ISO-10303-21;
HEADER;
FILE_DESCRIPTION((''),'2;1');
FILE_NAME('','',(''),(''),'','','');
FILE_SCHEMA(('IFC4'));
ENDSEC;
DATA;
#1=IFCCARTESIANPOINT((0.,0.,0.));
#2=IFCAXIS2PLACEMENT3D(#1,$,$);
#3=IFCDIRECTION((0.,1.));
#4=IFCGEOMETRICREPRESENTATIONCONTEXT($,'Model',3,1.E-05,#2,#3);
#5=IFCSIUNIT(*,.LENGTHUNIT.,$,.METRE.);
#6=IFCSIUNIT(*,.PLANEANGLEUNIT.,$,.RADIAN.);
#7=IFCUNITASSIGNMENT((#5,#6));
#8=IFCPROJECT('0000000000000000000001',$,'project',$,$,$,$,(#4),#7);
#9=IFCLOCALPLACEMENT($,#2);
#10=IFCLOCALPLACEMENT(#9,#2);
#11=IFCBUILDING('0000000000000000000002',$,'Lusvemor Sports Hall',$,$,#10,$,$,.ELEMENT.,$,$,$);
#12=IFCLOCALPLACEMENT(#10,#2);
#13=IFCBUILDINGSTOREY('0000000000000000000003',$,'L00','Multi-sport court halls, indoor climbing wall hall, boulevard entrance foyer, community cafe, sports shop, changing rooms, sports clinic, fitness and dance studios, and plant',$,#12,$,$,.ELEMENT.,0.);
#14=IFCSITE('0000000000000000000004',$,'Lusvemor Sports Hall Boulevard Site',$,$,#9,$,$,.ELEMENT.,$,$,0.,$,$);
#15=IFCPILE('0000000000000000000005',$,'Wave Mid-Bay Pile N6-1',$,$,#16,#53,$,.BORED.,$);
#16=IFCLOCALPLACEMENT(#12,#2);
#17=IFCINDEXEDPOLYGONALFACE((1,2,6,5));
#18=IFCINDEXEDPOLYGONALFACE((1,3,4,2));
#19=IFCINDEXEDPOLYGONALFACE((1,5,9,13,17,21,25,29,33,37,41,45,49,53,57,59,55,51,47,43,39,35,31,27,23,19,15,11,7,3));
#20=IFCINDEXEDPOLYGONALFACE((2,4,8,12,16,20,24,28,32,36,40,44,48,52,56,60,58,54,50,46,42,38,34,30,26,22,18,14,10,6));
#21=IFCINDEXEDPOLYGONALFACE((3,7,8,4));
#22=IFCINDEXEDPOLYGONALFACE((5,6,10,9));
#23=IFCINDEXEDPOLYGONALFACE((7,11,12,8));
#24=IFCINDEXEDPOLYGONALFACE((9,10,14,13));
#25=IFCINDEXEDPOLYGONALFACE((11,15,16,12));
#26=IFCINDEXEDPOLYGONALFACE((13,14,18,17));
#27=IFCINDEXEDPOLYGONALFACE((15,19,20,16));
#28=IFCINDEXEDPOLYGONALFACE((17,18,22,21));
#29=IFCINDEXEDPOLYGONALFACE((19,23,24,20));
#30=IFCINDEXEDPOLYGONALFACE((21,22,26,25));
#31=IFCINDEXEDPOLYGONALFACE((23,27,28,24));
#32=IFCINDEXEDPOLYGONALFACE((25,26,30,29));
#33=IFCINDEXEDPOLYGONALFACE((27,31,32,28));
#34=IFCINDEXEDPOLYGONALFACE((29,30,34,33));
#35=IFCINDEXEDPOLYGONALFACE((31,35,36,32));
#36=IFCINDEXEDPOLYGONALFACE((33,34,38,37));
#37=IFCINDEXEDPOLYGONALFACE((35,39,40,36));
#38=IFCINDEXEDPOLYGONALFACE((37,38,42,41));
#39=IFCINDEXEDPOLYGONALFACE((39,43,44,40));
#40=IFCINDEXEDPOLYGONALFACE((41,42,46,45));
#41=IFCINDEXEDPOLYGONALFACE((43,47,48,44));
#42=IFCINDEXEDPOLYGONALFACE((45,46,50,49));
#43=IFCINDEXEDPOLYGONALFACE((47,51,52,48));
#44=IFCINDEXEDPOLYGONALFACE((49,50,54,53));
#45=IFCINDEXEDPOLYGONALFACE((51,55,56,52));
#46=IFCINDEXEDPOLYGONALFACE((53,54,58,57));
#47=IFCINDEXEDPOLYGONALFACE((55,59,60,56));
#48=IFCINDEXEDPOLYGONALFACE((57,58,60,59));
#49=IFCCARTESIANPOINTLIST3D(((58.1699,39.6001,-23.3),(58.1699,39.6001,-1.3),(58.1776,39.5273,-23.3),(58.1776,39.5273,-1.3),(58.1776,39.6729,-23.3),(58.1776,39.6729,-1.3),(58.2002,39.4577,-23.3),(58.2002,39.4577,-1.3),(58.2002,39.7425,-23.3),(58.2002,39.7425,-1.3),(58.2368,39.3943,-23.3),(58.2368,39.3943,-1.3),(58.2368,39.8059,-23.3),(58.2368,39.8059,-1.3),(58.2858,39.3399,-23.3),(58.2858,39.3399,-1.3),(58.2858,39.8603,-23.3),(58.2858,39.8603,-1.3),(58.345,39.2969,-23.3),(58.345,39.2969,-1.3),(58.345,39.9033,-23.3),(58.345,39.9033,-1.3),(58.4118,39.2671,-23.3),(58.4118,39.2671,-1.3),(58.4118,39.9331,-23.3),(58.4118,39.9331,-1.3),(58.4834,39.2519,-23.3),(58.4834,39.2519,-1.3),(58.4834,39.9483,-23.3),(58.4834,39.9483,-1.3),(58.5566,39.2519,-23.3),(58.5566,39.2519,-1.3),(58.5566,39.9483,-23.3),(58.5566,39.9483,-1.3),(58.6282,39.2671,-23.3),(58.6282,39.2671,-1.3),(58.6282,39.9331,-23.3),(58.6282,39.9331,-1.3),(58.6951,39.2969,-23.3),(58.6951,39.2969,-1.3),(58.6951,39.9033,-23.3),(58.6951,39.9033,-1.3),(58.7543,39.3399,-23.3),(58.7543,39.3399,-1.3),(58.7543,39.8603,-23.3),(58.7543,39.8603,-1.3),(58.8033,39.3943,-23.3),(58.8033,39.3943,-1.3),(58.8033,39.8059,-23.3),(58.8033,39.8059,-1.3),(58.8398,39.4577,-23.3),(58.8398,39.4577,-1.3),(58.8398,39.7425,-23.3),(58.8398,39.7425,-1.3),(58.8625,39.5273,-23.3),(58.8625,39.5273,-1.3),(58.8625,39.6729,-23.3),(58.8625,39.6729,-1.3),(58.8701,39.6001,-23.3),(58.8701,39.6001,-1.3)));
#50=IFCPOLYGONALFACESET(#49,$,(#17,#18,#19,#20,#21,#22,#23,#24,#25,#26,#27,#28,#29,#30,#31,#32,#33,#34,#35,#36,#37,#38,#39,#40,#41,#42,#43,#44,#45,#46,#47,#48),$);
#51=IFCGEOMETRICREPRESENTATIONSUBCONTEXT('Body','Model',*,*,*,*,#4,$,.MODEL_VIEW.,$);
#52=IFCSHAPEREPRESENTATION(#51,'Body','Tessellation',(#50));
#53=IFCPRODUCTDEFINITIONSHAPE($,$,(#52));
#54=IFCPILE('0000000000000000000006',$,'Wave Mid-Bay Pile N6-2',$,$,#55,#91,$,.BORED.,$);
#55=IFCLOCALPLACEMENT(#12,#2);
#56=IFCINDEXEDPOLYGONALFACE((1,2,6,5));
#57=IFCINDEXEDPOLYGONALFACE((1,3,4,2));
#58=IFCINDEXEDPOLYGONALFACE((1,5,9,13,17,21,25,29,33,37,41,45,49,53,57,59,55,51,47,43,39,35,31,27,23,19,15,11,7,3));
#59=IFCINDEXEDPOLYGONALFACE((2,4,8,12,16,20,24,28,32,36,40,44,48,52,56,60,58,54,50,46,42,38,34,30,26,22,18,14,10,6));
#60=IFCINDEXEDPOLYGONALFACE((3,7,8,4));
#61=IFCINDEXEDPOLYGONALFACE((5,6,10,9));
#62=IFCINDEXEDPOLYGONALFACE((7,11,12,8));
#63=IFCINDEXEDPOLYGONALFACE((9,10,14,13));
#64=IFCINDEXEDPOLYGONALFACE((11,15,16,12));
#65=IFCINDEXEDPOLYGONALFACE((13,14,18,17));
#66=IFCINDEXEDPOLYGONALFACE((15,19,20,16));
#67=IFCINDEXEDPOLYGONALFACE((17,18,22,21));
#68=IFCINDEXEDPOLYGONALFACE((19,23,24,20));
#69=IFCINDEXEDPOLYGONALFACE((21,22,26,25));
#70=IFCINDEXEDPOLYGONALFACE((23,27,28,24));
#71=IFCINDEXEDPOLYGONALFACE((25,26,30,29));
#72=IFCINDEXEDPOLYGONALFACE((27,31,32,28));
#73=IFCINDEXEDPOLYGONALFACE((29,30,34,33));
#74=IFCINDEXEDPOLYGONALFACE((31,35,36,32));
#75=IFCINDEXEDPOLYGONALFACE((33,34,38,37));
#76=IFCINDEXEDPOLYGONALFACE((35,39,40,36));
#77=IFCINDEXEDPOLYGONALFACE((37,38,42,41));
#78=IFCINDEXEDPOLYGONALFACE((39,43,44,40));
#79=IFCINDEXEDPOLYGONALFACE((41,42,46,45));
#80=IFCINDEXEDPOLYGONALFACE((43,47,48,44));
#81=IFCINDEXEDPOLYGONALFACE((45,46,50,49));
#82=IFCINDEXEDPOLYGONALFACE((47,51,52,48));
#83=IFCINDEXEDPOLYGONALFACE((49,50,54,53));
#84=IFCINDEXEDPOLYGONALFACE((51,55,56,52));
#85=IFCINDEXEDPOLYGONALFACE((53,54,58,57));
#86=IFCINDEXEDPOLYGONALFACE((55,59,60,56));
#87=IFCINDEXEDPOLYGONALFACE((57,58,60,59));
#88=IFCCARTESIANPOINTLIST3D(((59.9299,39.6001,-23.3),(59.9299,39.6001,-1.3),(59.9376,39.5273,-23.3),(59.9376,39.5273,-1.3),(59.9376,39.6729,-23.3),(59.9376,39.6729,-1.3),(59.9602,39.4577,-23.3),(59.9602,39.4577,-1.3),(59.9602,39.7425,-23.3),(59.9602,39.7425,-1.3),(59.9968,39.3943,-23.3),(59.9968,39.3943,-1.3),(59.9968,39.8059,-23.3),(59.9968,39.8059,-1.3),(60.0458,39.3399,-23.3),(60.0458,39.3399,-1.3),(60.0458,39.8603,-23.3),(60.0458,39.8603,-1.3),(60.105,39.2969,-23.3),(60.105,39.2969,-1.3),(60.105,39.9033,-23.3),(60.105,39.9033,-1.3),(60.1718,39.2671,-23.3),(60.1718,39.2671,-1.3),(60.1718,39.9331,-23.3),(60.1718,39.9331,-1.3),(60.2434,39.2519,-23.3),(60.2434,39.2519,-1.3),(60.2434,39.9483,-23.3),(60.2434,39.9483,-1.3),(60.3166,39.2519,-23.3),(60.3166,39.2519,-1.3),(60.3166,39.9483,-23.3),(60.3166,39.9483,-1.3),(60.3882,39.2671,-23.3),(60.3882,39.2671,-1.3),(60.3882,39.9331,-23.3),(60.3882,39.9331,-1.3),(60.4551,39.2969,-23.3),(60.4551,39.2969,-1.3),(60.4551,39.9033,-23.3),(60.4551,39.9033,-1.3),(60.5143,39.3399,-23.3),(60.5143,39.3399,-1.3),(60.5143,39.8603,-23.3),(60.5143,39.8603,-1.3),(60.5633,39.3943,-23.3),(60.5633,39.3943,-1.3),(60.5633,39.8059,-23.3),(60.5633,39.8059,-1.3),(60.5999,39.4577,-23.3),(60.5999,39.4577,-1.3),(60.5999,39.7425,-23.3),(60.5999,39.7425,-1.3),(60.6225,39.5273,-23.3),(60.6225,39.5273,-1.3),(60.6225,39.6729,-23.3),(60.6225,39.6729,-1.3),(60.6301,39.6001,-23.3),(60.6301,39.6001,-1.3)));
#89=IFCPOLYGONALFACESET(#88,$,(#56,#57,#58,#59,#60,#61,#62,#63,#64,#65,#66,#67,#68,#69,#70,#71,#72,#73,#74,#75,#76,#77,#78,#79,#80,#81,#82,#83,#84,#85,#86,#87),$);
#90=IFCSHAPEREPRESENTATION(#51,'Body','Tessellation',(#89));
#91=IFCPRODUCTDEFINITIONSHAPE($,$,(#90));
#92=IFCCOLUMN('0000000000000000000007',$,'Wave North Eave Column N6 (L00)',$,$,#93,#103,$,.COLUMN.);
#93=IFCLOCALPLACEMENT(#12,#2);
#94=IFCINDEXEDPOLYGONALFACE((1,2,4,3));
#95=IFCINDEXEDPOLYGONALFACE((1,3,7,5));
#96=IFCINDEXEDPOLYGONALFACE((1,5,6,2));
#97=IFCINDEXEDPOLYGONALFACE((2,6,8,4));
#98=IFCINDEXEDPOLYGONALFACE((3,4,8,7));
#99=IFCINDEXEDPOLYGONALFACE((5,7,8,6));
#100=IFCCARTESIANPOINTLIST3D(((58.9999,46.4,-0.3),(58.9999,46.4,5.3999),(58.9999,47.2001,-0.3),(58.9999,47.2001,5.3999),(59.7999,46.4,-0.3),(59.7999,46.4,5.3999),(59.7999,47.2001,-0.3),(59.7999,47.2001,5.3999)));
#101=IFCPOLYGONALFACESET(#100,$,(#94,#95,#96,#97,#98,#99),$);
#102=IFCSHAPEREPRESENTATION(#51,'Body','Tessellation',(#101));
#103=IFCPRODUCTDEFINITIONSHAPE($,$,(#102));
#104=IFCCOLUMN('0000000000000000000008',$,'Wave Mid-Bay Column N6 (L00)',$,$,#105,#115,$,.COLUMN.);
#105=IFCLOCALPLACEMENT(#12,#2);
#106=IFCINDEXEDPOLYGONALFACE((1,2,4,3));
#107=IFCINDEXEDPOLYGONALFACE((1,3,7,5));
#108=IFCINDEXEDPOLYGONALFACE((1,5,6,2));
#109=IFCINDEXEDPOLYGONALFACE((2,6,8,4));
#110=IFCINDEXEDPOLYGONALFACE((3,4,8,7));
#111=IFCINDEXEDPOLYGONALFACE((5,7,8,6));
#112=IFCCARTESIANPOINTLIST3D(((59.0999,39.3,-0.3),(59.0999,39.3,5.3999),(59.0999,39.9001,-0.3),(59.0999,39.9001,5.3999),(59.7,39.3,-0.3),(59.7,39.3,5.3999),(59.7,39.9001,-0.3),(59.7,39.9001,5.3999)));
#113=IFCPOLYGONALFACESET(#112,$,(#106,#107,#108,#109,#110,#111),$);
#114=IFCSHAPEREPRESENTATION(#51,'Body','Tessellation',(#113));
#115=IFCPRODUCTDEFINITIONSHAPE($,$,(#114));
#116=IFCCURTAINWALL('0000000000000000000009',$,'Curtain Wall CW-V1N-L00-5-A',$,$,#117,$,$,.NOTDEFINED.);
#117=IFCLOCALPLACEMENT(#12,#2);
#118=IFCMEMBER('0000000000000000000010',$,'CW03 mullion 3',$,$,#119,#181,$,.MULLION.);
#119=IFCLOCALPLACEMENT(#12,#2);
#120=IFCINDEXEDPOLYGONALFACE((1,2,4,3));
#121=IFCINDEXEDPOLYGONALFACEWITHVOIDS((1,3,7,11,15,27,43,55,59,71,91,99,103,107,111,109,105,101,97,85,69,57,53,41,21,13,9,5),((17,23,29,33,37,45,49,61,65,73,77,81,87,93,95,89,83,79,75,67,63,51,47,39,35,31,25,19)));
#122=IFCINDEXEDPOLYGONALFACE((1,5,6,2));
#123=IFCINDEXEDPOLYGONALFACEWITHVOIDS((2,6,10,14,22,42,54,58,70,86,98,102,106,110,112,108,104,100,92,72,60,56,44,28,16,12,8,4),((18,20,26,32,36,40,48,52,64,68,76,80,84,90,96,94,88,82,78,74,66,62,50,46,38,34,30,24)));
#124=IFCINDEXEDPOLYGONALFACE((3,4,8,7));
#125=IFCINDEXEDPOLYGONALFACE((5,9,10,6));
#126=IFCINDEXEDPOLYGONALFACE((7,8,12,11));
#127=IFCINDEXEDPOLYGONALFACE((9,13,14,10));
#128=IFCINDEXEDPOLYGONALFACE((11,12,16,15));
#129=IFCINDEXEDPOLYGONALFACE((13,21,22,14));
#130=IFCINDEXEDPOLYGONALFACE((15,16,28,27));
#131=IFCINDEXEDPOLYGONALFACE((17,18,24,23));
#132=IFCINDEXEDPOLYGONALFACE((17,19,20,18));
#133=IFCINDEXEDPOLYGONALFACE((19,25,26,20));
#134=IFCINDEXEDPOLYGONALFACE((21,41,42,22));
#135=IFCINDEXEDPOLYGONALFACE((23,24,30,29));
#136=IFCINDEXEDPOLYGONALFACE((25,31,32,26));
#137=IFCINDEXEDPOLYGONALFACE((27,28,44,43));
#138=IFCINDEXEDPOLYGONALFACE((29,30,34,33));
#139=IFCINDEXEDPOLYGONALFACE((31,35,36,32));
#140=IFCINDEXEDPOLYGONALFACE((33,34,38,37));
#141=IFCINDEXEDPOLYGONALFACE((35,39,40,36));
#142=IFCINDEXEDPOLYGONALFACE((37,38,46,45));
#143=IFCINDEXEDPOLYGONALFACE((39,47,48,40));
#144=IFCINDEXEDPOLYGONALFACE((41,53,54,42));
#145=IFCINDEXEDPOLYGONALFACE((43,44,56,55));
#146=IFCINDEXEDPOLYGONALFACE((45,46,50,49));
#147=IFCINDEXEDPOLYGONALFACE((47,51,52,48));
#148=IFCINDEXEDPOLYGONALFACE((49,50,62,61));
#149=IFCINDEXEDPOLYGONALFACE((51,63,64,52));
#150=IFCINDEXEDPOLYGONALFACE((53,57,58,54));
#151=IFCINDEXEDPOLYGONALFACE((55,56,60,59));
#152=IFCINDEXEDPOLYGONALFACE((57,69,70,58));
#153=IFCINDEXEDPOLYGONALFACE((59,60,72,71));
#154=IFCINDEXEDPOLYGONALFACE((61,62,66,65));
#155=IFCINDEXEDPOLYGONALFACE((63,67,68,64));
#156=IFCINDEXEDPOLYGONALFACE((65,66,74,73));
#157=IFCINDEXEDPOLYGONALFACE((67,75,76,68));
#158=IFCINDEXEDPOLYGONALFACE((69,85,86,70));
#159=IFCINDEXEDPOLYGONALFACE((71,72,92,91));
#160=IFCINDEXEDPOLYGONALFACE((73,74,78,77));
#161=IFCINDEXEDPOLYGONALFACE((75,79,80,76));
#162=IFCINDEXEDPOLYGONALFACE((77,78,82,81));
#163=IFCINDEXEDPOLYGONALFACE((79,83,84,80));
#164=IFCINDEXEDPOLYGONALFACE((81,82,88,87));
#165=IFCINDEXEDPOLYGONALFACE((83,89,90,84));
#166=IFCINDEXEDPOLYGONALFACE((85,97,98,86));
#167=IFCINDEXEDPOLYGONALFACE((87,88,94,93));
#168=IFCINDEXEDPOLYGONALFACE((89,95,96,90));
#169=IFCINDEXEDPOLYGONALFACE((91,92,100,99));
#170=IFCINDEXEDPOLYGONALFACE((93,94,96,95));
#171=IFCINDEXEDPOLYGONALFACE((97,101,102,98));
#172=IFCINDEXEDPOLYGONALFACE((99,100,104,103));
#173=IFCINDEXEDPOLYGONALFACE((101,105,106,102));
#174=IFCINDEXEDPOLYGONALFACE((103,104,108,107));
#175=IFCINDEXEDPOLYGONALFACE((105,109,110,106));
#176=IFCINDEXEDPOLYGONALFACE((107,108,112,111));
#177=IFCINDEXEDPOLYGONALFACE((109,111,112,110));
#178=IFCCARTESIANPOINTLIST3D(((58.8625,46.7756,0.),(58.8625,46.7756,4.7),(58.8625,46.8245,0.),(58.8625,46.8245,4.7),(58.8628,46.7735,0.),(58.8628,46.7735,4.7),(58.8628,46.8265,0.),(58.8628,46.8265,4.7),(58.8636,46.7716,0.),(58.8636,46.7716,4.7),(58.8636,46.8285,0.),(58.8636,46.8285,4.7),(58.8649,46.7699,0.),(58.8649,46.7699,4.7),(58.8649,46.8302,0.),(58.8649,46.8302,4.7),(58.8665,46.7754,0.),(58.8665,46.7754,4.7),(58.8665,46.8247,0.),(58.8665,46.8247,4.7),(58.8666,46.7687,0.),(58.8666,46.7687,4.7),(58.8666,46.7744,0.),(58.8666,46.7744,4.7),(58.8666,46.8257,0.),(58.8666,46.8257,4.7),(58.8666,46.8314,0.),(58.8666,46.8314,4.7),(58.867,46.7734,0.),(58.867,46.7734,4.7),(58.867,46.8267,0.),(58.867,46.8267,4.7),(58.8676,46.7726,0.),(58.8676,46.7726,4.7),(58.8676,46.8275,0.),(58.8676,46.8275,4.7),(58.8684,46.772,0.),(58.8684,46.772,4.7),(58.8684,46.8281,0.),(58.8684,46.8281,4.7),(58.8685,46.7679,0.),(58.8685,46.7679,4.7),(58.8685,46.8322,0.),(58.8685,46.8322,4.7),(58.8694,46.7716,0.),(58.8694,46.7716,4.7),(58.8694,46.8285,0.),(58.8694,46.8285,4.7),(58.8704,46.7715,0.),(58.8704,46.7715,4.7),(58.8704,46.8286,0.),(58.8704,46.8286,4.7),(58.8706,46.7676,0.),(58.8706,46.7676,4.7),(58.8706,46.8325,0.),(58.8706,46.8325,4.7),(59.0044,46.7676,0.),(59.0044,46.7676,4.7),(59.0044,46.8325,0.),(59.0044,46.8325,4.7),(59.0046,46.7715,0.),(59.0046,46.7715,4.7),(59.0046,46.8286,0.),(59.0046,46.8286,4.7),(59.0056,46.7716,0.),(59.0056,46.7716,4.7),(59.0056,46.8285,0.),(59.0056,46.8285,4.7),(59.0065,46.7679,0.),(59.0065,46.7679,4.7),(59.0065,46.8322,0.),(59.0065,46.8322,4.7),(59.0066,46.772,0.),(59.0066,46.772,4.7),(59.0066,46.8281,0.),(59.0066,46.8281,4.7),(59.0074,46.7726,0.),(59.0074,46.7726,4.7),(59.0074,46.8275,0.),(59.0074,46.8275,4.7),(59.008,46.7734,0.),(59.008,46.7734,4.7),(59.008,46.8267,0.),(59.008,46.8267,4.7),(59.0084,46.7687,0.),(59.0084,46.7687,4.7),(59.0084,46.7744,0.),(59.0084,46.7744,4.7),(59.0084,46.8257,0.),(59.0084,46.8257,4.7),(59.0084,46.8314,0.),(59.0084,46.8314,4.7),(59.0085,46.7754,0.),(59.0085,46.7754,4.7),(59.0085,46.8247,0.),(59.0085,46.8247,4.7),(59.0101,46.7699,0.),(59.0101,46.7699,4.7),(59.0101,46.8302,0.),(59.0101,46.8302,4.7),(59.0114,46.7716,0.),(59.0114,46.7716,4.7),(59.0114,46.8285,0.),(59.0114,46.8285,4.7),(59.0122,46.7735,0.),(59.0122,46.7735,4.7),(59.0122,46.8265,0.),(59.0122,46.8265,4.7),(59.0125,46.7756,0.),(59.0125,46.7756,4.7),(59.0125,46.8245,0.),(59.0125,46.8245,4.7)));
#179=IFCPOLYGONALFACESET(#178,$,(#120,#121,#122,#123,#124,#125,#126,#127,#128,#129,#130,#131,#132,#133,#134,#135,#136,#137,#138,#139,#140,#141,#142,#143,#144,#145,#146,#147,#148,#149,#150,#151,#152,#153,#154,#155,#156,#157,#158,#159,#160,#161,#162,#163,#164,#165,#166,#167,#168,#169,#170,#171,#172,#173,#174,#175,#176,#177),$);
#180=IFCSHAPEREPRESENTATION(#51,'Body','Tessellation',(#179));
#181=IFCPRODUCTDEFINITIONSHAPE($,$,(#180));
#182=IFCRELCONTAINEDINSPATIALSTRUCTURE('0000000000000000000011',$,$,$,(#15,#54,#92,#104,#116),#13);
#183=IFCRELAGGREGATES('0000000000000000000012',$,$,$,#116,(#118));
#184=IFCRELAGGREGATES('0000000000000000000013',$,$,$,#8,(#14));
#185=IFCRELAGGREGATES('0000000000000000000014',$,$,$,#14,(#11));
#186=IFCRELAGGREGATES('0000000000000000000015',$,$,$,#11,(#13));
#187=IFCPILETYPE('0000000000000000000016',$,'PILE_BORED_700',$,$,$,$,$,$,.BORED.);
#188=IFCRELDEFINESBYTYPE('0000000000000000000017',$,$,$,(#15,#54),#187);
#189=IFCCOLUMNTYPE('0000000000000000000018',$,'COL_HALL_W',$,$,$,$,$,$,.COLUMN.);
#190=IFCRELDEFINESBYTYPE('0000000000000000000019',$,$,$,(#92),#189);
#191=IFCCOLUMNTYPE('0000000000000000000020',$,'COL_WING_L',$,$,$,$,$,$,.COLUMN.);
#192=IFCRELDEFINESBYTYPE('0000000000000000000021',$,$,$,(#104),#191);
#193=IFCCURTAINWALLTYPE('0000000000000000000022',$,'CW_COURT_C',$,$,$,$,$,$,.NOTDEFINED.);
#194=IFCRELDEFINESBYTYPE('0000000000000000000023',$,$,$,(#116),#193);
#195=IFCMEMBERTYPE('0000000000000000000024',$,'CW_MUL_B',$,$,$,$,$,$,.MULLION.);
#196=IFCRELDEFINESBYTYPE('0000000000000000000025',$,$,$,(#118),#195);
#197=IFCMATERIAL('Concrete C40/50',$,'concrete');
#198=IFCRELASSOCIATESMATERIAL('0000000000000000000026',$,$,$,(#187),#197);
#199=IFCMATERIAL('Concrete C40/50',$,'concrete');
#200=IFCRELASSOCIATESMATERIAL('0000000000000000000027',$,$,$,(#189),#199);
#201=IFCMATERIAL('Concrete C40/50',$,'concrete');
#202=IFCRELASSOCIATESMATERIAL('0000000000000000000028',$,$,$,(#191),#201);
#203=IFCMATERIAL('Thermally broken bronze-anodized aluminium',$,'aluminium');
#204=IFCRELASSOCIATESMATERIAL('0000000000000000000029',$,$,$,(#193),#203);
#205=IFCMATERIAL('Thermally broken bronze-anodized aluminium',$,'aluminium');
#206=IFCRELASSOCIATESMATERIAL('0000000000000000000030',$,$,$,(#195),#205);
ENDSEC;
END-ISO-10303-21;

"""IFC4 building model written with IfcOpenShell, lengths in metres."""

from ifc_helpers import new_model, si_unit, direction, frame, origin, origin_2d, place, context, subcontext, project, spatial, rectangle, hollow_rectangle, circle, extrude, material, material_profile, profile_set, type_object, element, aggregate, save


model = new_model("IFC4")

# Units and contexts
model_context = context("Model", 3, precision=1e-05, world=origin(), true_north=direction((0.0, 1.0)))
body_context = subcontext(model_context, "Body", "Model", "MODEL_VIEW")
ifc_project = project(units=[si_unit("LENGTHUNIT", "METRE"), si_unit("PLANEANGLEUNIT", "RADIAN")], contexts=[model_context])

# Site, building, storey
site_placement = place(None, origin())
site = spatial("IfcSite", under=ifc_project, at=site_placement, Name="Lusvemor Sports Hall Boulevard Site", CompositionType="ELEMENT", RefElevation=0.0)
building_placement = place(site_placement, origin())
building = spatial("IfcBuilding", under=site, at=building_placement, Name="Lusvemor Sports Hall", CompositionType="ELEMENT")
storey_placement = place(building_placement, origin())
storey = spatial("IfcBuildingStorey", under=building, at=storey_placement, Name="L00", Description="Multi-sport court halls, indoor climbing wall hall, boulevard entrance foyer, community cafe, sports shop, changing rooms, sports clinic, fitness and dance studios, and plant", CompositionType="ELEMENT", Elevation=0.0)

# Piles
ifc_material_1 = material(Name="Concrete C40/50", Category="concrete")
ifc_material_profile_1 = material_profile(ifc_material_1, circle(Radius=0.3501, at=origin_2d()), Name="PILE700")
ifc_profile_set_1 = profile_set([ifc_material_profile_1], Name="Concrete C40/50")
pile_type = type_object("IfcPileType", Name="PILE_BORED_700", PredefinedType="BORED", material=ifc_profile_set_1)
for number, where, z_axis, x_axis, name in (
    (1, (58.52, 39.6001, -1.3), (0.0, 0.0, -1.0), (1.0, 0.0, 0.0), "Wave Mid-Bay Pile N6-1"),
    (2, (60.28, 39.6001, -1.3), (0.0, 0.0, -1.0), (1.0, 0.0, 0.0), "Wave Mid-Bay Pile N6-2"),
):
    element("IfcPile", number, at=place(storey_placement, frame(where, z_axis=z_axis, x_axis=x_axis)), inside=storey, type_object=pile_type, Name=name, PredefinedType="BORED", context=body_context, shape_type="SweptSolid", body=[
        extrude(circle(Radius=0.3501, at=origin_2d()), origin(), (0.0, 0.0, 1.0), 22.0),
    ])

# Columns
ifc_material_2 = material(Name="Concrete C40/50", Category="concrete")
ifc_material_profile_2 = material_profile(ifc_material_2, rectangle(XDim=0.8, YDim=0.8, at=origin_2d()), Name="RC800x800")
ifc_profile_set_2 = profile_set([ifc_material_profile_2], Name="Concrete C40/50")
column_type_1 = type_object("IfcColumnType", Name="COL_HALL_W", PredefinedType="COLUMN", material=ifc_profile_set_2)
column_1_placement = place(storey_placement, frame((59.3999, 46.8, -0.3), z_axis=(0.0, 0.0, 1.0), x_axis=(1.0, 0.0, 0.0)))
element("IfcColumn", 3, at=column_1_placement, inside=storey, type_object=column_type_1, Name="Wave North Eave Column N6 (L00)", PredefinedType="COLUMN", context=body_context, shape_type="SweptSolid", body=[
    extrude(rectangle(XDim=0.8, YDim=0.8, at=origin_2d()), origin(), (0.0, 0.0, 1.0), 5.7),
])
ifc_material_3 = material(Name="Concrete C40/50", Category="concrete")
ifc_material_profile_3 = material_profile(ifc_material_3, rectangle(XDim=0.6001, YDim=0.6001, at=origin_2d()), Name="RC600x600")
ifc_profile_set_3 = profile_set([ifc_material_profile_3], Name="Concrete C40/50")
column_type_2 = type_object("IfcColumnType", Name="COL_WING_L", PredefinedType="COLUMN", material=ifc_profile_set_3)
column_2_placement = place(storey_placement, frame((59.3999, 39.6001, -0.3), z_axis=(0.0, 0.0, 1.0), x_axis=(1.0, 0.0, 0.0)))
element("IfcColumn", 4, at=column_2_placement, inside=storey, type_object=column_type_2, Name="Wave Mid-Bay Column N6 (L00)", PredefinedType="COLUMN", context=body_context, shape_type="SweptSolid", body=[
    extrude(rectangle(XDim=0.6001, YDim=0.6001, at=origin_2d()), origin(), (0.0, 0.0, 1.0), 5.7),
])

# Curtain wall, member
ifc_material_4 = material(Name="Thermally broken bronze-anodized aluminium", Category="aluminium")
curtain_wall_type = type_object("IfcCurtainWallType", Name="CW_COURT_C", PredefinedType="NOTDEFINED", material=ifc_material_4)
curtain_wall_1_placement = place(storey_placement, origin())
curtain_wall_1 = element("IfcCurtainWall", 5, at=curtain_wall_1_placement, inside=storey, type_object=curtain_wall_type, Name="Curtain Wall CW-V1N-L00-5-A", PredefinedType="NOTDEFINED")
ifc_material_5 = material(Name="Thermally broken bronze-anodized aluminium", Category="aluminium")
ifc_material_profile_4 = material_profile(ifc_material_5, hollow_rectangle(XDim=0.0649, YDim=0.1499, WallThickness=0.0039, InnerFilletRadius=0.0039, OuterFilletRadius=0.0081, at=origin_2d()), Name="CWMUL150x65x4")
ifc_profile_set_4 = profile_set([ifc_material_profile_4], Name="Thermally broken bronze-anodized aluminium")
member_type_1 = type_object("IfcMemberType", Name="CW_MUL_B", PredefinedType="MULLION", material=ifc_profile_set_4)
member_1_placement = place(storey_placement, frame((58.9375, 46.8, 0.0), z_axis=(0.0, 0.0, 1.0), x_axis=(0.0, 1.0, 0.0)))
member_1 = element("IfcMember", 6, at=member_1_placement, type_object=member_type_1, Name="CW03 mullion 3", PredefinedType="MULLION", context=body_context, shape_type="SweptSolid", body=[
    extrude(hollow_rectangle(XDim=0.0649, YDim=0.1499, WallThickness=0.0039, InnerFilletRadius=0.0039, OuterFilletRadius=0.0081, at=origin_2d()), origin(), (0.0, 0.0, 1.0), 4.7),
])

aggregate(curtain_wall_1, [member_1])

save(model, "model.ifc")
